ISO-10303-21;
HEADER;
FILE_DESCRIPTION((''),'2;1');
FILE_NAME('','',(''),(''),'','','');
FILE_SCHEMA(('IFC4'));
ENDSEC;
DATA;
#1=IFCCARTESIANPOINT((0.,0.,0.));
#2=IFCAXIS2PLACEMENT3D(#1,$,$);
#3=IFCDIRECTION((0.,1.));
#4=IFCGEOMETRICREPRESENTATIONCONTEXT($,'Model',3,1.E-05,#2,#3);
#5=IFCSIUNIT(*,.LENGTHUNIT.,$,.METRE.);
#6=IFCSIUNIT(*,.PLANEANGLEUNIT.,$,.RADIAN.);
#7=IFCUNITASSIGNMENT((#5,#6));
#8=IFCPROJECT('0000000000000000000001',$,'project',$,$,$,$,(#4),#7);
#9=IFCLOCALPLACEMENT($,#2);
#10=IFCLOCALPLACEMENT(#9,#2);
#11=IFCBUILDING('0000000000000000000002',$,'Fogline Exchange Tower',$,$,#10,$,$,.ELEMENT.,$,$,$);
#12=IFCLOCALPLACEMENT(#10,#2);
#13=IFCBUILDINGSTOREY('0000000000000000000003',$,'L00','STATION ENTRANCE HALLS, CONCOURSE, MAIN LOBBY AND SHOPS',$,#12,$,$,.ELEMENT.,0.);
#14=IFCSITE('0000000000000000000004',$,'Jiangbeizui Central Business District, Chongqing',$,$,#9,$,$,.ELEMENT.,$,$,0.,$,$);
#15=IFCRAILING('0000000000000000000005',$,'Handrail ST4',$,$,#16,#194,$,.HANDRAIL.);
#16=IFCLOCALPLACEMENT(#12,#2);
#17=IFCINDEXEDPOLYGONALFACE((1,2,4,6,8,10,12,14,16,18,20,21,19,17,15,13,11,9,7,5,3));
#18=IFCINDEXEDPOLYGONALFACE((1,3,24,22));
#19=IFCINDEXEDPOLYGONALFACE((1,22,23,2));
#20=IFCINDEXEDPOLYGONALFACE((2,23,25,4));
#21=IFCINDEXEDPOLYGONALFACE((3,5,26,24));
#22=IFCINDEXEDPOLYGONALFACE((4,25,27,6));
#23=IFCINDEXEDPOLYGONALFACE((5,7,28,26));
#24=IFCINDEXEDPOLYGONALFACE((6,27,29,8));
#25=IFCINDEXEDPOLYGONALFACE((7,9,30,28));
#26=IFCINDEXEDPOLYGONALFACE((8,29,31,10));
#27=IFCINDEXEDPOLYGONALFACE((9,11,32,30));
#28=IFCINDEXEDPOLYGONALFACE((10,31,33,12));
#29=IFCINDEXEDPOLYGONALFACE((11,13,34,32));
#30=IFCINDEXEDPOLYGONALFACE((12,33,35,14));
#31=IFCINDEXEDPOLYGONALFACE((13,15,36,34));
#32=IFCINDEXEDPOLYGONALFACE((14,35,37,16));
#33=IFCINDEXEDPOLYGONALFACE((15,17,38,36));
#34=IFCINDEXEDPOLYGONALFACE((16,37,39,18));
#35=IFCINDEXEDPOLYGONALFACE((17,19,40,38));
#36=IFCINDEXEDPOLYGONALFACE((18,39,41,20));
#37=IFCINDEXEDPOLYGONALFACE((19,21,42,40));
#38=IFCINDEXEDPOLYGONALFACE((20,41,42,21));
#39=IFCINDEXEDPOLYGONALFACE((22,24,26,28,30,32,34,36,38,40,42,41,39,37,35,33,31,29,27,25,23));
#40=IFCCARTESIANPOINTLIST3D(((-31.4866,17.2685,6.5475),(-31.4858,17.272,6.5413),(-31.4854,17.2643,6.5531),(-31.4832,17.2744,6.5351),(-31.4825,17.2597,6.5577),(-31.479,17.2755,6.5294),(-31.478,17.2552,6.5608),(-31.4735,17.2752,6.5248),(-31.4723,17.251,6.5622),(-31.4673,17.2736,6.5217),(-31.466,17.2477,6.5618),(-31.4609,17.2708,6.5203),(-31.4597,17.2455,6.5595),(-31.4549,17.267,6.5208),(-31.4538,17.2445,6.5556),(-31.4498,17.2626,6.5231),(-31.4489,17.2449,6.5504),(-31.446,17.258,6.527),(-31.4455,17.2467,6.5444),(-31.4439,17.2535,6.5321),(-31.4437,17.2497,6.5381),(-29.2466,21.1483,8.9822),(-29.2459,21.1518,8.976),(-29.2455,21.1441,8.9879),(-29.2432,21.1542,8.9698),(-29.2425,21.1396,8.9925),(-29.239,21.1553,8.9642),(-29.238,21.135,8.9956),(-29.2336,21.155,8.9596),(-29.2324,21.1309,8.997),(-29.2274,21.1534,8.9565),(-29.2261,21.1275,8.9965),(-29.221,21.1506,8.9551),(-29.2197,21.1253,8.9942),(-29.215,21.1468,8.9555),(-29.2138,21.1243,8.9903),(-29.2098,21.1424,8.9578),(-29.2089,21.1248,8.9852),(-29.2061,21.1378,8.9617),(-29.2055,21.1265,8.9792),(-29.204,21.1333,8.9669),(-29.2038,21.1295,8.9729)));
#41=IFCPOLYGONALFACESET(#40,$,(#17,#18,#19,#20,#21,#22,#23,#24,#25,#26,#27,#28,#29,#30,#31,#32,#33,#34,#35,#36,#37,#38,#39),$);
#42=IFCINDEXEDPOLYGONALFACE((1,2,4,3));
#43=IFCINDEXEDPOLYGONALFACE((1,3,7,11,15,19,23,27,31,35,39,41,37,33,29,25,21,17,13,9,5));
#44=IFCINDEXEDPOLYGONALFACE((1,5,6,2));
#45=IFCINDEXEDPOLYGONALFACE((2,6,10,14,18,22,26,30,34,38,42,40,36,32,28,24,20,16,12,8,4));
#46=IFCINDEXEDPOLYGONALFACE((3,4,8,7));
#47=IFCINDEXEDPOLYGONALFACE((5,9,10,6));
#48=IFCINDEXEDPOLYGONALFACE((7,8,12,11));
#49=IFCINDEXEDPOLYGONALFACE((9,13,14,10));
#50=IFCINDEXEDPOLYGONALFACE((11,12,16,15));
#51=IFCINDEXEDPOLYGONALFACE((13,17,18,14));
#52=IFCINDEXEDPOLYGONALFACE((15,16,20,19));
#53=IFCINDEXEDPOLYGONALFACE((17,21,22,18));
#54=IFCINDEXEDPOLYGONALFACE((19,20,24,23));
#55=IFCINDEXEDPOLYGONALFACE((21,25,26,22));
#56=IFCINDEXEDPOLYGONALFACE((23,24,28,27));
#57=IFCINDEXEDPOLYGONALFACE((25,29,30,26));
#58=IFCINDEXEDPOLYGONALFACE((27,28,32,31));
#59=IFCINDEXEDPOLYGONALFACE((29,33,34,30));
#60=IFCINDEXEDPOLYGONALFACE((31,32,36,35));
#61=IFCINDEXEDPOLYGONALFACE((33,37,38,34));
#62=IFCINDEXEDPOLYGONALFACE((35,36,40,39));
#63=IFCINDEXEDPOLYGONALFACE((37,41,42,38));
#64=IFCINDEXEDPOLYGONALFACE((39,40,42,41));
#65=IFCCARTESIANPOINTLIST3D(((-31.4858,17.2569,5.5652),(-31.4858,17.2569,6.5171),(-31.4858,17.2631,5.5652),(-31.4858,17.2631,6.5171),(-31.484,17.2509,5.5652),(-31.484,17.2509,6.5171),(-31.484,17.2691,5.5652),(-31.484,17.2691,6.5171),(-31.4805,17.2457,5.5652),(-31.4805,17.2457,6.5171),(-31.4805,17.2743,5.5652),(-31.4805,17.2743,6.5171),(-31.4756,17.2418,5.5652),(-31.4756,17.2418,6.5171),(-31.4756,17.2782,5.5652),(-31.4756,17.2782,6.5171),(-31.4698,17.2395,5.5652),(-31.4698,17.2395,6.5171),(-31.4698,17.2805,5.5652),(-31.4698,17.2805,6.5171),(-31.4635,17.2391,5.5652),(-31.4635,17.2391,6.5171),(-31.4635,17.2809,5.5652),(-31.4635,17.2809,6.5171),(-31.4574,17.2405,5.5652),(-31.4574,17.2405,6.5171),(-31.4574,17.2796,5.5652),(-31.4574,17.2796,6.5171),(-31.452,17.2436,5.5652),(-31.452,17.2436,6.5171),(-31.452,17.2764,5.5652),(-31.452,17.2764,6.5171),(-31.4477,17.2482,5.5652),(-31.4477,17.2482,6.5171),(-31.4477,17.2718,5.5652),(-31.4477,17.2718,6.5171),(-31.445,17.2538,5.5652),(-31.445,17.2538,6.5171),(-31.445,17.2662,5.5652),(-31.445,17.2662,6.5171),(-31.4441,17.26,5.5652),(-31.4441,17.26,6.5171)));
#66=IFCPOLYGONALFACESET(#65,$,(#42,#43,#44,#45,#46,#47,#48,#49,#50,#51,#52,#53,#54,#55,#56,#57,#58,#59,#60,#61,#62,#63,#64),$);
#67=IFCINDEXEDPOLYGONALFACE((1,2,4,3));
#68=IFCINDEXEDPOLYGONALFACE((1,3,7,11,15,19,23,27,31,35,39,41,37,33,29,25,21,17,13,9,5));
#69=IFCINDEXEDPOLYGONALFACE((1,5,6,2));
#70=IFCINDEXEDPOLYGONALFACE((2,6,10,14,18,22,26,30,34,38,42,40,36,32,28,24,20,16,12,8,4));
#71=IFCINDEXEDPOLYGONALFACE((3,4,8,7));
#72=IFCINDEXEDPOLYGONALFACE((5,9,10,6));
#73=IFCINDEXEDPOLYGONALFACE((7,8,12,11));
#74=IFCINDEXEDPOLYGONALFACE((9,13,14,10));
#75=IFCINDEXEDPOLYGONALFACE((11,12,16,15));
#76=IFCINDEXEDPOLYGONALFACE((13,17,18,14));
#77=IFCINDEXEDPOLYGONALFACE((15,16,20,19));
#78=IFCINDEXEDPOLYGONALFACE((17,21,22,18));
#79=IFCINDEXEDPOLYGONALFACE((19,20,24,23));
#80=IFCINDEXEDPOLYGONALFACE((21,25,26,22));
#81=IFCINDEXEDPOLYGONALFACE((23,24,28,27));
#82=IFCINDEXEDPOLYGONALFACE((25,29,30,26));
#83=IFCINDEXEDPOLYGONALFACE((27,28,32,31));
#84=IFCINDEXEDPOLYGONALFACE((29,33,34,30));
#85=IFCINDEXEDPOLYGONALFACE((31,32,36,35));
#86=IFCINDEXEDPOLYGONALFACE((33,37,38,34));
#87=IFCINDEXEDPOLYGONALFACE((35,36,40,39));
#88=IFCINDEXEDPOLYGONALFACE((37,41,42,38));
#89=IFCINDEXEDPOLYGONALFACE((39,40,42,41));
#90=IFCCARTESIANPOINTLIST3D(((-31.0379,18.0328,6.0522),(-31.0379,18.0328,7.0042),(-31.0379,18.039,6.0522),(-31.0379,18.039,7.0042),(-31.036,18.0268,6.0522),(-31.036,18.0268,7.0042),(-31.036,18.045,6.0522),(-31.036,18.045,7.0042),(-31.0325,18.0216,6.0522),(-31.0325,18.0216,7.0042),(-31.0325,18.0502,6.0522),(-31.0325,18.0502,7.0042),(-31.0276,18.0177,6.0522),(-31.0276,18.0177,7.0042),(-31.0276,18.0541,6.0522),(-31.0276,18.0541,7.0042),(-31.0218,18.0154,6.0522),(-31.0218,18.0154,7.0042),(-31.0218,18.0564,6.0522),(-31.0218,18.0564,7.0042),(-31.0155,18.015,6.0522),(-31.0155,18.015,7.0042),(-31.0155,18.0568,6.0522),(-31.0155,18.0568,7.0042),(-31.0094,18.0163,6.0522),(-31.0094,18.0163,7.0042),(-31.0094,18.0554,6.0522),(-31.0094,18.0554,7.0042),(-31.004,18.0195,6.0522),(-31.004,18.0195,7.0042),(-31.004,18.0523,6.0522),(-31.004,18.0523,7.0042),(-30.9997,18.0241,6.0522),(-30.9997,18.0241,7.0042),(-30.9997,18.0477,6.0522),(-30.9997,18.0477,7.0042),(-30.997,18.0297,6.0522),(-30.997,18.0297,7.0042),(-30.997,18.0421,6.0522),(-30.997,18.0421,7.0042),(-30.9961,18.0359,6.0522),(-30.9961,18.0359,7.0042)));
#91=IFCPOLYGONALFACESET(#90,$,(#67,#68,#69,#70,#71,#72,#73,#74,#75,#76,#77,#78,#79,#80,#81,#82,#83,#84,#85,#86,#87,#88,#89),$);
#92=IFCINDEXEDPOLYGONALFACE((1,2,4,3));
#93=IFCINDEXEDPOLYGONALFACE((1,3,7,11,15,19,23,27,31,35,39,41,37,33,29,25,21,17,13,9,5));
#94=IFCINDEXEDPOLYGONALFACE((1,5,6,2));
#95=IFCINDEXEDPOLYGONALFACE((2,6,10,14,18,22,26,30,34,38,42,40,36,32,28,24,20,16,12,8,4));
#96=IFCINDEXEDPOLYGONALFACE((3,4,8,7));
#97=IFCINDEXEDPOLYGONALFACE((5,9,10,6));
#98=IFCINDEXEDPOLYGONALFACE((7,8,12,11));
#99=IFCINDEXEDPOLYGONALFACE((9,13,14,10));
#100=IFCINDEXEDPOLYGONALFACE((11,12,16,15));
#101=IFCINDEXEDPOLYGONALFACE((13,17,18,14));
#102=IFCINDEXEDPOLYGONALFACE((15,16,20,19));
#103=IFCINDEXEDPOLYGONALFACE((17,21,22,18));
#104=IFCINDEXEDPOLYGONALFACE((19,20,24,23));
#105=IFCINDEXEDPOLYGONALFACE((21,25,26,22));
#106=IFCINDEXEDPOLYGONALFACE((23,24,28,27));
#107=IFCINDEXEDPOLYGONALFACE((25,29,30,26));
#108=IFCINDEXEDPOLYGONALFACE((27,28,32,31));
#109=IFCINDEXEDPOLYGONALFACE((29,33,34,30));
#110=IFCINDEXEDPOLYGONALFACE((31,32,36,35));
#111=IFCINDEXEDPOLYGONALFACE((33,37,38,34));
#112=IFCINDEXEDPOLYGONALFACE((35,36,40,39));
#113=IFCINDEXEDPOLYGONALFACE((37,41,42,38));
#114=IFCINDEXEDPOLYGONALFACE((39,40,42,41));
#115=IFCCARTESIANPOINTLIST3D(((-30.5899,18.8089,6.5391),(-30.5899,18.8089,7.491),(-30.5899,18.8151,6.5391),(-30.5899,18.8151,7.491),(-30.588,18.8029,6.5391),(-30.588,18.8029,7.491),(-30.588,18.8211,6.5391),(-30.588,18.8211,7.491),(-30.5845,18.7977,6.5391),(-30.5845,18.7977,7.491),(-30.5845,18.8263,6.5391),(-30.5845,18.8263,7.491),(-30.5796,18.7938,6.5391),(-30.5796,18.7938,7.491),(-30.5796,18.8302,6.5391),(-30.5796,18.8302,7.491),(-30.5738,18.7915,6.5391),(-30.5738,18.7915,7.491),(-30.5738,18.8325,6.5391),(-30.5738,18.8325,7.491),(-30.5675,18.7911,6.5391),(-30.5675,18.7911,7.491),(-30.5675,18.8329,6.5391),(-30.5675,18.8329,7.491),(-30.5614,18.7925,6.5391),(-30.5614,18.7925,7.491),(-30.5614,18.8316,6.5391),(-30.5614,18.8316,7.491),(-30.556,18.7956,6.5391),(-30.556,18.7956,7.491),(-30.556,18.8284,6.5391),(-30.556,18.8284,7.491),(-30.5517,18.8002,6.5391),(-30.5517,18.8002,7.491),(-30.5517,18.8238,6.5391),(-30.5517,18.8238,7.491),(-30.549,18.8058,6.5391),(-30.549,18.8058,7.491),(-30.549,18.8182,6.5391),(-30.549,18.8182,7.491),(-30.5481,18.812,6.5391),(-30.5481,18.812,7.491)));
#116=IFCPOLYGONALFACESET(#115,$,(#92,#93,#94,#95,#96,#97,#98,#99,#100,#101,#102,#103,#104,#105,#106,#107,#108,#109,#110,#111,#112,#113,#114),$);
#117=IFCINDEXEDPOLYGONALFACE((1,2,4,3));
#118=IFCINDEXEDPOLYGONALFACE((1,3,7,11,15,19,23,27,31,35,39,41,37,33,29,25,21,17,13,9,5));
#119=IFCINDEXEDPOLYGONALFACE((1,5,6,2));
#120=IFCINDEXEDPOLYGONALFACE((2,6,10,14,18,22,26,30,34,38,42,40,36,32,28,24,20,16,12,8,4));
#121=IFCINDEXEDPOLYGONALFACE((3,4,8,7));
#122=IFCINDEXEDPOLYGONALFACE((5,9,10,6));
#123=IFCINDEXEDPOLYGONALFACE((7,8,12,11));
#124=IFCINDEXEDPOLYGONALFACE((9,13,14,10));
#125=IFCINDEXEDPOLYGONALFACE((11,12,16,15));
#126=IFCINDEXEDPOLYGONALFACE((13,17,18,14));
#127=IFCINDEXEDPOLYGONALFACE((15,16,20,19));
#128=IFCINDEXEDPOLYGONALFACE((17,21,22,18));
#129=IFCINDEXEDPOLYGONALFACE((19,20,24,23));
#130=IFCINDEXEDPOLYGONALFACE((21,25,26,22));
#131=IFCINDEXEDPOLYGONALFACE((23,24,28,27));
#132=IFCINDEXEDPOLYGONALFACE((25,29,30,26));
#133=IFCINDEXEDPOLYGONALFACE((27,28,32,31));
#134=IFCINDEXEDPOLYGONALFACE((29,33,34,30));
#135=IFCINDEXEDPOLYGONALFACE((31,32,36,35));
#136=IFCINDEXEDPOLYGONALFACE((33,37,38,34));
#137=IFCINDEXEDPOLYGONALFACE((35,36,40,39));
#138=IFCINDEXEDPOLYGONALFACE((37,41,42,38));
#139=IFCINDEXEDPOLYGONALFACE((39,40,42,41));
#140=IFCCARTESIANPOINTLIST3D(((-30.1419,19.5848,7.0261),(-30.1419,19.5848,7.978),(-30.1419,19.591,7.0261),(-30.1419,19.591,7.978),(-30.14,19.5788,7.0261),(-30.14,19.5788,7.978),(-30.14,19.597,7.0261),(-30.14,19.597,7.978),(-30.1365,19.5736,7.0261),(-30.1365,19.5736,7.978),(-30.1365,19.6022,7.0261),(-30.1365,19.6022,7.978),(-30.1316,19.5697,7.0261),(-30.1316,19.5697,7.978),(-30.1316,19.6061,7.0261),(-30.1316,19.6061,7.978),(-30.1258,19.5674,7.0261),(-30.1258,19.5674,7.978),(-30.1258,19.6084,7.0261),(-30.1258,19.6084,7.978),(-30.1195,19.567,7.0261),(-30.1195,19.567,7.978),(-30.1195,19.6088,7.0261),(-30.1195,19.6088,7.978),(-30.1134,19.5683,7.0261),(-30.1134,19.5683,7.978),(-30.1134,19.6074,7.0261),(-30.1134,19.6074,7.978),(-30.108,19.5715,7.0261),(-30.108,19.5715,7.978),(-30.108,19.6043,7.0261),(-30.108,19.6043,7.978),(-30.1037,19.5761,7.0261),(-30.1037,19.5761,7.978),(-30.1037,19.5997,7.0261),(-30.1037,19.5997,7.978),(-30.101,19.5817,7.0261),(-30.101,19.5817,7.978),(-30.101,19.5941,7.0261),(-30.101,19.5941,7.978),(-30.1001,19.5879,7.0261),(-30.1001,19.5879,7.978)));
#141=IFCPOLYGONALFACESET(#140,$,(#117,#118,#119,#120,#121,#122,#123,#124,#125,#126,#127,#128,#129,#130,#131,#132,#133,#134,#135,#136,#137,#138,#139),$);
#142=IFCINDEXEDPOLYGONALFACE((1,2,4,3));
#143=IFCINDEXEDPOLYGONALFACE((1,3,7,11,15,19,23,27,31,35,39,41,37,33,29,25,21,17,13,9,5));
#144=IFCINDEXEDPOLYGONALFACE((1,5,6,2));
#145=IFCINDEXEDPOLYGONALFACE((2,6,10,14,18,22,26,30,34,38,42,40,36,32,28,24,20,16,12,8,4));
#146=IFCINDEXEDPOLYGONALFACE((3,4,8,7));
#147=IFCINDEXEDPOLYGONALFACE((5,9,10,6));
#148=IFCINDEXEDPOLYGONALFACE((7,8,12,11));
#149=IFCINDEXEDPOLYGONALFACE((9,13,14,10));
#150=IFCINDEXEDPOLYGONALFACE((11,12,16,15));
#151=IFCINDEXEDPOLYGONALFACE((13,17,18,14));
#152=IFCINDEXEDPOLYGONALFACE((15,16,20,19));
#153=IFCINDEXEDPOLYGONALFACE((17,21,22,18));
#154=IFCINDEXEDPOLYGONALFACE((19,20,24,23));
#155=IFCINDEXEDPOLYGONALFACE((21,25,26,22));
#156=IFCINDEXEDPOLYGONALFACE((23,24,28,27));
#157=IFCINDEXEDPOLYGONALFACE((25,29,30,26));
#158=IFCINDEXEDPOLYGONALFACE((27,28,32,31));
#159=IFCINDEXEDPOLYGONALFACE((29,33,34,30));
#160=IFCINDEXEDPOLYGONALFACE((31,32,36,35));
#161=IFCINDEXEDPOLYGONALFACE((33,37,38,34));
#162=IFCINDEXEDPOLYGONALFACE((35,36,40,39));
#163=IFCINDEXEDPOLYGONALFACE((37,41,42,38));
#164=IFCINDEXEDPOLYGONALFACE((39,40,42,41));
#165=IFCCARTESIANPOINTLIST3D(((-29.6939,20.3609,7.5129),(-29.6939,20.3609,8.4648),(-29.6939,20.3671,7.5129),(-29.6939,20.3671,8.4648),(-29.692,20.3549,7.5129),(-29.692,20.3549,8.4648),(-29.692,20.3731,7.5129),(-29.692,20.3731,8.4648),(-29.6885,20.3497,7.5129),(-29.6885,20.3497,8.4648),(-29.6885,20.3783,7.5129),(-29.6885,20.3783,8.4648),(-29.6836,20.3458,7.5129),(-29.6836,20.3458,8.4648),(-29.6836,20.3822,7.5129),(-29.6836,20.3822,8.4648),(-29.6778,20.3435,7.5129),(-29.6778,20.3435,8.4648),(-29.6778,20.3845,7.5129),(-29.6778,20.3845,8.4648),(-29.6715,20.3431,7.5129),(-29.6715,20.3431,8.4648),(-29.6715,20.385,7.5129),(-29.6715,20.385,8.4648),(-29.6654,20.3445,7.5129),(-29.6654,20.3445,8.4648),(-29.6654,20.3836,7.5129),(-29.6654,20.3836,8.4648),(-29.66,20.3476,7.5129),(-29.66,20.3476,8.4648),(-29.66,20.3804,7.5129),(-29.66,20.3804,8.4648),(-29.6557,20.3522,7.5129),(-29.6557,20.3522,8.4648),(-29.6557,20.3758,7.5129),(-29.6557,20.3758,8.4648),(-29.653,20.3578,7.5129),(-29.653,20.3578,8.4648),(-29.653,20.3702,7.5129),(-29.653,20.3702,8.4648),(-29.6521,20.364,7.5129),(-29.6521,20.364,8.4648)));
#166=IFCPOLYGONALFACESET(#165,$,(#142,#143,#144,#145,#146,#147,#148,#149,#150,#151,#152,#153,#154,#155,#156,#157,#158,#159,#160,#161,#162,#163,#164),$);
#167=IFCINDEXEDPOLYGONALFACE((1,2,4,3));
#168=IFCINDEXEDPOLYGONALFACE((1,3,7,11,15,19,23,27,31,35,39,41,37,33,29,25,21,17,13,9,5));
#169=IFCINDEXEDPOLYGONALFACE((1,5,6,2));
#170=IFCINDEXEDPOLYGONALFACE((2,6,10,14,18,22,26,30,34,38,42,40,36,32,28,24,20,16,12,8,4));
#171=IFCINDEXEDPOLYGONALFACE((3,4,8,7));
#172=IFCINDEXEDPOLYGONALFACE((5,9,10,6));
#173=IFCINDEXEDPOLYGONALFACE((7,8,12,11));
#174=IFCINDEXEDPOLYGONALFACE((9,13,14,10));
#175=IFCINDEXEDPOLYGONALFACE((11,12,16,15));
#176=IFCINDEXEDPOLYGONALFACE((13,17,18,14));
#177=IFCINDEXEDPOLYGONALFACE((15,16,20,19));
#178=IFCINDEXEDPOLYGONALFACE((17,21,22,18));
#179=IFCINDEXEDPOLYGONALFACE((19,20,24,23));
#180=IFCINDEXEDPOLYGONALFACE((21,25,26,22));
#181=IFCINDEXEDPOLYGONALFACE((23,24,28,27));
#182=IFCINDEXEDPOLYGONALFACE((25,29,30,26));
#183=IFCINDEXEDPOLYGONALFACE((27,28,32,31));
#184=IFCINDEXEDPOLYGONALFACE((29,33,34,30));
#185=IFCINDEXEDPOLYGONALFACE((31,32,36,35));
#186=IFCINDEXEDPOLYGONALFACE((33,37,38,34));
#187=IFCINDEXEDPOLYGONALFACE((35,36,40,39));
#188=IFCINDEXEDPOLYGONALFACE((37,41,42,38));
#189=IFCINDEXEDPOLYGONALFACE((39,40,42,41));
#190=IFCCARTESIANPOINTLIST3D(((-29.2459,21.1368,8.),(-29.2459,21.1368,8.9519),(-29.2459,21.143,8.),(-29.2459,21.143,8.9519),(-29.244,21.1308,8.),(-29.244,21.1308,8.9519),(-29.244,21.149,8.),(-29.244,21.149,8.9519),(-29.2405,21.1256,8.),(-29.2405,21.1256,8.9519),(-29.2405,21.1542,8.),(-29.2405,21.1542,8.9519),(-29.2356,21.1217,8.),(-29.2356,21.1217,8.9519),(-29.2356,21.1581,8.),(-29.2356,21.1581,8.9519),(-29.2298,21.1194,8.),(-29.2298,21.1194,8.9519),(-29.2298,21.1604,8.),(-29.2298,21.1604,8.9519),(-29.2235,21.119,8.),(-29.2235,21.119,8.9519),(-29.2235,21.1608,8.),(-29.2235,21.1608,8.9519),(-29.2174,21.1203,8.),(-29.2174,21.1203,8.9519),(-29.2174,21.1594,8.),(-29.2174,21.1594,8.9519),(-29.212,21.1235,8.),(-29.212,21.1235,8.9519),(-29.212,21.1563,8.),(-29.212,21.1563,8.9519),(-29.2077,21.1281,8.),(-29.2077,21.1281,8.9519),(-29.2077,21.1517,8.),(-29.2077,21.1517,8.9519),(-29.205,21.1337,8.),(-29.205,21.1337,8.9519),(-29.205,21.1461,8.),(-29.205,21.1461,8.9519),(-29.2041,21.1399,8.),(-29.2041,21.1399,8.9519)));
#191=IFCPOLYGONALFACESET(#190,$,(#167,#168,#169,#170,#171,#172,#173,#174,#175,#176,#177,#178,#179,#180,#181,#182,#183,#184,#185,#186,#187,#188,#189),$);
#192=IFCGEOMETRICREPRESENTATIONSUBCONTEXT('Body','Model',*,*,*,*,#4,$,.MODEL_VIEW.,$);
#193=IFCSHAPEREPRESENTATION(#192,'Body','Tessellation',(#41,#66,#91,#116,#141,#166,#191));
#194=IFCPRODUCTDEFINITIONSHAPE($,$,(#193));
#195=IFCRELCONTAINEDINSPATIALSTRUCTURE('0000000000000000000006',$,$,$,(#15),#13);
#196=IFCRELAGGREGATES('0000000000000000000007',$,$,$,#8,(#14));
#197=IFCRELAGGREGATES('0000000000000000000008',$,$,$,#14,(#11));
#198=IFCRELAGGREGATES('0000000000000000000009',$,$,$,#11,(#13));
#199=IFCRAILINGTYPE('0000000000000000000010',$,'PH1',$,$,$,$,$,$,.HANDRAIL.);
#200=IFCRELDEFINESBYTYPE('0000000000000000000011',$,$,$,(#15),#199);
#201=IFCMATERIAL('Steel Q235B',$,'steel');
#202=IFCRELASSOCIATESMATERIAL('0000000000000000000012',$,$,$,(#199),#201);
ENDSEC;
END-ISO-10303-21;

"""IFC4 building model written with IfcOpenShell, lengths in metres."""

from ifc_helpers import new_model, si_unit, direction, frame, origin, origin_2d, place, context, subcontext, project, spatial, circle, extrude, material, type_object, element, save


model = new_model("IFC4")

# Units and contexts
model_context = context("Model", 3, precision=1e-05, world=origin(), true_north=direction((0.0, 1.0)))
body_context = subcontext(model_context, "Body", "Model", "MODEL_VIEW")
ifc_project = project(units=[si_unit("LENGTHUNIT", "METRE"), si_unit("PLANEANGLEUNIT", "RADIAN")], contexts=[model_context])

# Site, building, storey
site_placement = place(None, origin())
site = spatial("IfcSite", under=ifc_project, at=site_placement, Name="Jiangbeizui Central Business District, Chongqing", CompositionType="ELEMENT", RefElevation=0.0)
building_placement = place(site_placement, origin())
building = spatial("IfcBuilding", under=site, at=building_placement, Name="Fogline Exchange Tower", CompositionType="ELEMENT")
storey_placement = place(building_placement, origin())
storey = spatial("IfcBuildingStorey", under=building, at=storey_placement, Name="L00", Description="STATION ENTRANCE HALLS, CONCOURSE, MAIN LOBBY AND SHOPS", CompositionType="ELEMENT", Elevation=0.0)

# Railing
ifc_material_1 = material(Name="Steel Q235B", Category="steel")
railing_type_1 = type_object("IfcRailingType", Name="PH1", PredefinedType="HANDRAIL", material=ifc_material_1)
for number, where, name in (
    (1, (-31.4651, 17.26, 5.5652), "Handrail ST4"),
):
    element("IfcRailing", number, at=place(storey_placement, frame(where)), inside=storey, type_object=railing_type_1, Name=name, PredefinedType="HANDRAIL", context=body_context, shape_type="SweptSolid", body=[
        extrude(circle(Radius=0.0239, at=origin_2d()), frame((0.0, 0.0, 0.9761), z_axis=(0.439304, 0.760917, 0.477512), x_axis=(-0.866031, 0.49999, 0.0)), (0.0, 0.0, 1.0), 5.0989),
        extrude(circle(Radius=0.021, at=origin_2d()), origin(), (0.0, 0.0, 1.0), 0.9519),
        extrude(circle(Radius=0.021, at=origin_2d()), frame((0.448, 0.7759, 0.4871)), (0.0, 0.0, 1.0), 0.9519),
        extrude(circle(Radius=0.021, at=origin_2d()), frame((0.896, 1.552, 0.9739)), (0.0, 0.0, 1.0), 0.9519),
        extrude(circle(Radius=0.021, at=origin_2d()), frame((1.344, 2.3279, 1.4609)), (0.0, 0.0, 1.0), 0.9519),
        extrude(circle(Radius=0.021, at=origin_2d()), frame((1.792, 3.104, 1.9478)), (0.0, 0.0, 1.0), 0.9519),
        extrude(circle(Radius=0.021, at=origin_2d()), frame((2.24, 3.8799, 2.4348)), (0.0, 0.0, 1.0), 0.9519),
    ])

save(model, "model.ifc")
